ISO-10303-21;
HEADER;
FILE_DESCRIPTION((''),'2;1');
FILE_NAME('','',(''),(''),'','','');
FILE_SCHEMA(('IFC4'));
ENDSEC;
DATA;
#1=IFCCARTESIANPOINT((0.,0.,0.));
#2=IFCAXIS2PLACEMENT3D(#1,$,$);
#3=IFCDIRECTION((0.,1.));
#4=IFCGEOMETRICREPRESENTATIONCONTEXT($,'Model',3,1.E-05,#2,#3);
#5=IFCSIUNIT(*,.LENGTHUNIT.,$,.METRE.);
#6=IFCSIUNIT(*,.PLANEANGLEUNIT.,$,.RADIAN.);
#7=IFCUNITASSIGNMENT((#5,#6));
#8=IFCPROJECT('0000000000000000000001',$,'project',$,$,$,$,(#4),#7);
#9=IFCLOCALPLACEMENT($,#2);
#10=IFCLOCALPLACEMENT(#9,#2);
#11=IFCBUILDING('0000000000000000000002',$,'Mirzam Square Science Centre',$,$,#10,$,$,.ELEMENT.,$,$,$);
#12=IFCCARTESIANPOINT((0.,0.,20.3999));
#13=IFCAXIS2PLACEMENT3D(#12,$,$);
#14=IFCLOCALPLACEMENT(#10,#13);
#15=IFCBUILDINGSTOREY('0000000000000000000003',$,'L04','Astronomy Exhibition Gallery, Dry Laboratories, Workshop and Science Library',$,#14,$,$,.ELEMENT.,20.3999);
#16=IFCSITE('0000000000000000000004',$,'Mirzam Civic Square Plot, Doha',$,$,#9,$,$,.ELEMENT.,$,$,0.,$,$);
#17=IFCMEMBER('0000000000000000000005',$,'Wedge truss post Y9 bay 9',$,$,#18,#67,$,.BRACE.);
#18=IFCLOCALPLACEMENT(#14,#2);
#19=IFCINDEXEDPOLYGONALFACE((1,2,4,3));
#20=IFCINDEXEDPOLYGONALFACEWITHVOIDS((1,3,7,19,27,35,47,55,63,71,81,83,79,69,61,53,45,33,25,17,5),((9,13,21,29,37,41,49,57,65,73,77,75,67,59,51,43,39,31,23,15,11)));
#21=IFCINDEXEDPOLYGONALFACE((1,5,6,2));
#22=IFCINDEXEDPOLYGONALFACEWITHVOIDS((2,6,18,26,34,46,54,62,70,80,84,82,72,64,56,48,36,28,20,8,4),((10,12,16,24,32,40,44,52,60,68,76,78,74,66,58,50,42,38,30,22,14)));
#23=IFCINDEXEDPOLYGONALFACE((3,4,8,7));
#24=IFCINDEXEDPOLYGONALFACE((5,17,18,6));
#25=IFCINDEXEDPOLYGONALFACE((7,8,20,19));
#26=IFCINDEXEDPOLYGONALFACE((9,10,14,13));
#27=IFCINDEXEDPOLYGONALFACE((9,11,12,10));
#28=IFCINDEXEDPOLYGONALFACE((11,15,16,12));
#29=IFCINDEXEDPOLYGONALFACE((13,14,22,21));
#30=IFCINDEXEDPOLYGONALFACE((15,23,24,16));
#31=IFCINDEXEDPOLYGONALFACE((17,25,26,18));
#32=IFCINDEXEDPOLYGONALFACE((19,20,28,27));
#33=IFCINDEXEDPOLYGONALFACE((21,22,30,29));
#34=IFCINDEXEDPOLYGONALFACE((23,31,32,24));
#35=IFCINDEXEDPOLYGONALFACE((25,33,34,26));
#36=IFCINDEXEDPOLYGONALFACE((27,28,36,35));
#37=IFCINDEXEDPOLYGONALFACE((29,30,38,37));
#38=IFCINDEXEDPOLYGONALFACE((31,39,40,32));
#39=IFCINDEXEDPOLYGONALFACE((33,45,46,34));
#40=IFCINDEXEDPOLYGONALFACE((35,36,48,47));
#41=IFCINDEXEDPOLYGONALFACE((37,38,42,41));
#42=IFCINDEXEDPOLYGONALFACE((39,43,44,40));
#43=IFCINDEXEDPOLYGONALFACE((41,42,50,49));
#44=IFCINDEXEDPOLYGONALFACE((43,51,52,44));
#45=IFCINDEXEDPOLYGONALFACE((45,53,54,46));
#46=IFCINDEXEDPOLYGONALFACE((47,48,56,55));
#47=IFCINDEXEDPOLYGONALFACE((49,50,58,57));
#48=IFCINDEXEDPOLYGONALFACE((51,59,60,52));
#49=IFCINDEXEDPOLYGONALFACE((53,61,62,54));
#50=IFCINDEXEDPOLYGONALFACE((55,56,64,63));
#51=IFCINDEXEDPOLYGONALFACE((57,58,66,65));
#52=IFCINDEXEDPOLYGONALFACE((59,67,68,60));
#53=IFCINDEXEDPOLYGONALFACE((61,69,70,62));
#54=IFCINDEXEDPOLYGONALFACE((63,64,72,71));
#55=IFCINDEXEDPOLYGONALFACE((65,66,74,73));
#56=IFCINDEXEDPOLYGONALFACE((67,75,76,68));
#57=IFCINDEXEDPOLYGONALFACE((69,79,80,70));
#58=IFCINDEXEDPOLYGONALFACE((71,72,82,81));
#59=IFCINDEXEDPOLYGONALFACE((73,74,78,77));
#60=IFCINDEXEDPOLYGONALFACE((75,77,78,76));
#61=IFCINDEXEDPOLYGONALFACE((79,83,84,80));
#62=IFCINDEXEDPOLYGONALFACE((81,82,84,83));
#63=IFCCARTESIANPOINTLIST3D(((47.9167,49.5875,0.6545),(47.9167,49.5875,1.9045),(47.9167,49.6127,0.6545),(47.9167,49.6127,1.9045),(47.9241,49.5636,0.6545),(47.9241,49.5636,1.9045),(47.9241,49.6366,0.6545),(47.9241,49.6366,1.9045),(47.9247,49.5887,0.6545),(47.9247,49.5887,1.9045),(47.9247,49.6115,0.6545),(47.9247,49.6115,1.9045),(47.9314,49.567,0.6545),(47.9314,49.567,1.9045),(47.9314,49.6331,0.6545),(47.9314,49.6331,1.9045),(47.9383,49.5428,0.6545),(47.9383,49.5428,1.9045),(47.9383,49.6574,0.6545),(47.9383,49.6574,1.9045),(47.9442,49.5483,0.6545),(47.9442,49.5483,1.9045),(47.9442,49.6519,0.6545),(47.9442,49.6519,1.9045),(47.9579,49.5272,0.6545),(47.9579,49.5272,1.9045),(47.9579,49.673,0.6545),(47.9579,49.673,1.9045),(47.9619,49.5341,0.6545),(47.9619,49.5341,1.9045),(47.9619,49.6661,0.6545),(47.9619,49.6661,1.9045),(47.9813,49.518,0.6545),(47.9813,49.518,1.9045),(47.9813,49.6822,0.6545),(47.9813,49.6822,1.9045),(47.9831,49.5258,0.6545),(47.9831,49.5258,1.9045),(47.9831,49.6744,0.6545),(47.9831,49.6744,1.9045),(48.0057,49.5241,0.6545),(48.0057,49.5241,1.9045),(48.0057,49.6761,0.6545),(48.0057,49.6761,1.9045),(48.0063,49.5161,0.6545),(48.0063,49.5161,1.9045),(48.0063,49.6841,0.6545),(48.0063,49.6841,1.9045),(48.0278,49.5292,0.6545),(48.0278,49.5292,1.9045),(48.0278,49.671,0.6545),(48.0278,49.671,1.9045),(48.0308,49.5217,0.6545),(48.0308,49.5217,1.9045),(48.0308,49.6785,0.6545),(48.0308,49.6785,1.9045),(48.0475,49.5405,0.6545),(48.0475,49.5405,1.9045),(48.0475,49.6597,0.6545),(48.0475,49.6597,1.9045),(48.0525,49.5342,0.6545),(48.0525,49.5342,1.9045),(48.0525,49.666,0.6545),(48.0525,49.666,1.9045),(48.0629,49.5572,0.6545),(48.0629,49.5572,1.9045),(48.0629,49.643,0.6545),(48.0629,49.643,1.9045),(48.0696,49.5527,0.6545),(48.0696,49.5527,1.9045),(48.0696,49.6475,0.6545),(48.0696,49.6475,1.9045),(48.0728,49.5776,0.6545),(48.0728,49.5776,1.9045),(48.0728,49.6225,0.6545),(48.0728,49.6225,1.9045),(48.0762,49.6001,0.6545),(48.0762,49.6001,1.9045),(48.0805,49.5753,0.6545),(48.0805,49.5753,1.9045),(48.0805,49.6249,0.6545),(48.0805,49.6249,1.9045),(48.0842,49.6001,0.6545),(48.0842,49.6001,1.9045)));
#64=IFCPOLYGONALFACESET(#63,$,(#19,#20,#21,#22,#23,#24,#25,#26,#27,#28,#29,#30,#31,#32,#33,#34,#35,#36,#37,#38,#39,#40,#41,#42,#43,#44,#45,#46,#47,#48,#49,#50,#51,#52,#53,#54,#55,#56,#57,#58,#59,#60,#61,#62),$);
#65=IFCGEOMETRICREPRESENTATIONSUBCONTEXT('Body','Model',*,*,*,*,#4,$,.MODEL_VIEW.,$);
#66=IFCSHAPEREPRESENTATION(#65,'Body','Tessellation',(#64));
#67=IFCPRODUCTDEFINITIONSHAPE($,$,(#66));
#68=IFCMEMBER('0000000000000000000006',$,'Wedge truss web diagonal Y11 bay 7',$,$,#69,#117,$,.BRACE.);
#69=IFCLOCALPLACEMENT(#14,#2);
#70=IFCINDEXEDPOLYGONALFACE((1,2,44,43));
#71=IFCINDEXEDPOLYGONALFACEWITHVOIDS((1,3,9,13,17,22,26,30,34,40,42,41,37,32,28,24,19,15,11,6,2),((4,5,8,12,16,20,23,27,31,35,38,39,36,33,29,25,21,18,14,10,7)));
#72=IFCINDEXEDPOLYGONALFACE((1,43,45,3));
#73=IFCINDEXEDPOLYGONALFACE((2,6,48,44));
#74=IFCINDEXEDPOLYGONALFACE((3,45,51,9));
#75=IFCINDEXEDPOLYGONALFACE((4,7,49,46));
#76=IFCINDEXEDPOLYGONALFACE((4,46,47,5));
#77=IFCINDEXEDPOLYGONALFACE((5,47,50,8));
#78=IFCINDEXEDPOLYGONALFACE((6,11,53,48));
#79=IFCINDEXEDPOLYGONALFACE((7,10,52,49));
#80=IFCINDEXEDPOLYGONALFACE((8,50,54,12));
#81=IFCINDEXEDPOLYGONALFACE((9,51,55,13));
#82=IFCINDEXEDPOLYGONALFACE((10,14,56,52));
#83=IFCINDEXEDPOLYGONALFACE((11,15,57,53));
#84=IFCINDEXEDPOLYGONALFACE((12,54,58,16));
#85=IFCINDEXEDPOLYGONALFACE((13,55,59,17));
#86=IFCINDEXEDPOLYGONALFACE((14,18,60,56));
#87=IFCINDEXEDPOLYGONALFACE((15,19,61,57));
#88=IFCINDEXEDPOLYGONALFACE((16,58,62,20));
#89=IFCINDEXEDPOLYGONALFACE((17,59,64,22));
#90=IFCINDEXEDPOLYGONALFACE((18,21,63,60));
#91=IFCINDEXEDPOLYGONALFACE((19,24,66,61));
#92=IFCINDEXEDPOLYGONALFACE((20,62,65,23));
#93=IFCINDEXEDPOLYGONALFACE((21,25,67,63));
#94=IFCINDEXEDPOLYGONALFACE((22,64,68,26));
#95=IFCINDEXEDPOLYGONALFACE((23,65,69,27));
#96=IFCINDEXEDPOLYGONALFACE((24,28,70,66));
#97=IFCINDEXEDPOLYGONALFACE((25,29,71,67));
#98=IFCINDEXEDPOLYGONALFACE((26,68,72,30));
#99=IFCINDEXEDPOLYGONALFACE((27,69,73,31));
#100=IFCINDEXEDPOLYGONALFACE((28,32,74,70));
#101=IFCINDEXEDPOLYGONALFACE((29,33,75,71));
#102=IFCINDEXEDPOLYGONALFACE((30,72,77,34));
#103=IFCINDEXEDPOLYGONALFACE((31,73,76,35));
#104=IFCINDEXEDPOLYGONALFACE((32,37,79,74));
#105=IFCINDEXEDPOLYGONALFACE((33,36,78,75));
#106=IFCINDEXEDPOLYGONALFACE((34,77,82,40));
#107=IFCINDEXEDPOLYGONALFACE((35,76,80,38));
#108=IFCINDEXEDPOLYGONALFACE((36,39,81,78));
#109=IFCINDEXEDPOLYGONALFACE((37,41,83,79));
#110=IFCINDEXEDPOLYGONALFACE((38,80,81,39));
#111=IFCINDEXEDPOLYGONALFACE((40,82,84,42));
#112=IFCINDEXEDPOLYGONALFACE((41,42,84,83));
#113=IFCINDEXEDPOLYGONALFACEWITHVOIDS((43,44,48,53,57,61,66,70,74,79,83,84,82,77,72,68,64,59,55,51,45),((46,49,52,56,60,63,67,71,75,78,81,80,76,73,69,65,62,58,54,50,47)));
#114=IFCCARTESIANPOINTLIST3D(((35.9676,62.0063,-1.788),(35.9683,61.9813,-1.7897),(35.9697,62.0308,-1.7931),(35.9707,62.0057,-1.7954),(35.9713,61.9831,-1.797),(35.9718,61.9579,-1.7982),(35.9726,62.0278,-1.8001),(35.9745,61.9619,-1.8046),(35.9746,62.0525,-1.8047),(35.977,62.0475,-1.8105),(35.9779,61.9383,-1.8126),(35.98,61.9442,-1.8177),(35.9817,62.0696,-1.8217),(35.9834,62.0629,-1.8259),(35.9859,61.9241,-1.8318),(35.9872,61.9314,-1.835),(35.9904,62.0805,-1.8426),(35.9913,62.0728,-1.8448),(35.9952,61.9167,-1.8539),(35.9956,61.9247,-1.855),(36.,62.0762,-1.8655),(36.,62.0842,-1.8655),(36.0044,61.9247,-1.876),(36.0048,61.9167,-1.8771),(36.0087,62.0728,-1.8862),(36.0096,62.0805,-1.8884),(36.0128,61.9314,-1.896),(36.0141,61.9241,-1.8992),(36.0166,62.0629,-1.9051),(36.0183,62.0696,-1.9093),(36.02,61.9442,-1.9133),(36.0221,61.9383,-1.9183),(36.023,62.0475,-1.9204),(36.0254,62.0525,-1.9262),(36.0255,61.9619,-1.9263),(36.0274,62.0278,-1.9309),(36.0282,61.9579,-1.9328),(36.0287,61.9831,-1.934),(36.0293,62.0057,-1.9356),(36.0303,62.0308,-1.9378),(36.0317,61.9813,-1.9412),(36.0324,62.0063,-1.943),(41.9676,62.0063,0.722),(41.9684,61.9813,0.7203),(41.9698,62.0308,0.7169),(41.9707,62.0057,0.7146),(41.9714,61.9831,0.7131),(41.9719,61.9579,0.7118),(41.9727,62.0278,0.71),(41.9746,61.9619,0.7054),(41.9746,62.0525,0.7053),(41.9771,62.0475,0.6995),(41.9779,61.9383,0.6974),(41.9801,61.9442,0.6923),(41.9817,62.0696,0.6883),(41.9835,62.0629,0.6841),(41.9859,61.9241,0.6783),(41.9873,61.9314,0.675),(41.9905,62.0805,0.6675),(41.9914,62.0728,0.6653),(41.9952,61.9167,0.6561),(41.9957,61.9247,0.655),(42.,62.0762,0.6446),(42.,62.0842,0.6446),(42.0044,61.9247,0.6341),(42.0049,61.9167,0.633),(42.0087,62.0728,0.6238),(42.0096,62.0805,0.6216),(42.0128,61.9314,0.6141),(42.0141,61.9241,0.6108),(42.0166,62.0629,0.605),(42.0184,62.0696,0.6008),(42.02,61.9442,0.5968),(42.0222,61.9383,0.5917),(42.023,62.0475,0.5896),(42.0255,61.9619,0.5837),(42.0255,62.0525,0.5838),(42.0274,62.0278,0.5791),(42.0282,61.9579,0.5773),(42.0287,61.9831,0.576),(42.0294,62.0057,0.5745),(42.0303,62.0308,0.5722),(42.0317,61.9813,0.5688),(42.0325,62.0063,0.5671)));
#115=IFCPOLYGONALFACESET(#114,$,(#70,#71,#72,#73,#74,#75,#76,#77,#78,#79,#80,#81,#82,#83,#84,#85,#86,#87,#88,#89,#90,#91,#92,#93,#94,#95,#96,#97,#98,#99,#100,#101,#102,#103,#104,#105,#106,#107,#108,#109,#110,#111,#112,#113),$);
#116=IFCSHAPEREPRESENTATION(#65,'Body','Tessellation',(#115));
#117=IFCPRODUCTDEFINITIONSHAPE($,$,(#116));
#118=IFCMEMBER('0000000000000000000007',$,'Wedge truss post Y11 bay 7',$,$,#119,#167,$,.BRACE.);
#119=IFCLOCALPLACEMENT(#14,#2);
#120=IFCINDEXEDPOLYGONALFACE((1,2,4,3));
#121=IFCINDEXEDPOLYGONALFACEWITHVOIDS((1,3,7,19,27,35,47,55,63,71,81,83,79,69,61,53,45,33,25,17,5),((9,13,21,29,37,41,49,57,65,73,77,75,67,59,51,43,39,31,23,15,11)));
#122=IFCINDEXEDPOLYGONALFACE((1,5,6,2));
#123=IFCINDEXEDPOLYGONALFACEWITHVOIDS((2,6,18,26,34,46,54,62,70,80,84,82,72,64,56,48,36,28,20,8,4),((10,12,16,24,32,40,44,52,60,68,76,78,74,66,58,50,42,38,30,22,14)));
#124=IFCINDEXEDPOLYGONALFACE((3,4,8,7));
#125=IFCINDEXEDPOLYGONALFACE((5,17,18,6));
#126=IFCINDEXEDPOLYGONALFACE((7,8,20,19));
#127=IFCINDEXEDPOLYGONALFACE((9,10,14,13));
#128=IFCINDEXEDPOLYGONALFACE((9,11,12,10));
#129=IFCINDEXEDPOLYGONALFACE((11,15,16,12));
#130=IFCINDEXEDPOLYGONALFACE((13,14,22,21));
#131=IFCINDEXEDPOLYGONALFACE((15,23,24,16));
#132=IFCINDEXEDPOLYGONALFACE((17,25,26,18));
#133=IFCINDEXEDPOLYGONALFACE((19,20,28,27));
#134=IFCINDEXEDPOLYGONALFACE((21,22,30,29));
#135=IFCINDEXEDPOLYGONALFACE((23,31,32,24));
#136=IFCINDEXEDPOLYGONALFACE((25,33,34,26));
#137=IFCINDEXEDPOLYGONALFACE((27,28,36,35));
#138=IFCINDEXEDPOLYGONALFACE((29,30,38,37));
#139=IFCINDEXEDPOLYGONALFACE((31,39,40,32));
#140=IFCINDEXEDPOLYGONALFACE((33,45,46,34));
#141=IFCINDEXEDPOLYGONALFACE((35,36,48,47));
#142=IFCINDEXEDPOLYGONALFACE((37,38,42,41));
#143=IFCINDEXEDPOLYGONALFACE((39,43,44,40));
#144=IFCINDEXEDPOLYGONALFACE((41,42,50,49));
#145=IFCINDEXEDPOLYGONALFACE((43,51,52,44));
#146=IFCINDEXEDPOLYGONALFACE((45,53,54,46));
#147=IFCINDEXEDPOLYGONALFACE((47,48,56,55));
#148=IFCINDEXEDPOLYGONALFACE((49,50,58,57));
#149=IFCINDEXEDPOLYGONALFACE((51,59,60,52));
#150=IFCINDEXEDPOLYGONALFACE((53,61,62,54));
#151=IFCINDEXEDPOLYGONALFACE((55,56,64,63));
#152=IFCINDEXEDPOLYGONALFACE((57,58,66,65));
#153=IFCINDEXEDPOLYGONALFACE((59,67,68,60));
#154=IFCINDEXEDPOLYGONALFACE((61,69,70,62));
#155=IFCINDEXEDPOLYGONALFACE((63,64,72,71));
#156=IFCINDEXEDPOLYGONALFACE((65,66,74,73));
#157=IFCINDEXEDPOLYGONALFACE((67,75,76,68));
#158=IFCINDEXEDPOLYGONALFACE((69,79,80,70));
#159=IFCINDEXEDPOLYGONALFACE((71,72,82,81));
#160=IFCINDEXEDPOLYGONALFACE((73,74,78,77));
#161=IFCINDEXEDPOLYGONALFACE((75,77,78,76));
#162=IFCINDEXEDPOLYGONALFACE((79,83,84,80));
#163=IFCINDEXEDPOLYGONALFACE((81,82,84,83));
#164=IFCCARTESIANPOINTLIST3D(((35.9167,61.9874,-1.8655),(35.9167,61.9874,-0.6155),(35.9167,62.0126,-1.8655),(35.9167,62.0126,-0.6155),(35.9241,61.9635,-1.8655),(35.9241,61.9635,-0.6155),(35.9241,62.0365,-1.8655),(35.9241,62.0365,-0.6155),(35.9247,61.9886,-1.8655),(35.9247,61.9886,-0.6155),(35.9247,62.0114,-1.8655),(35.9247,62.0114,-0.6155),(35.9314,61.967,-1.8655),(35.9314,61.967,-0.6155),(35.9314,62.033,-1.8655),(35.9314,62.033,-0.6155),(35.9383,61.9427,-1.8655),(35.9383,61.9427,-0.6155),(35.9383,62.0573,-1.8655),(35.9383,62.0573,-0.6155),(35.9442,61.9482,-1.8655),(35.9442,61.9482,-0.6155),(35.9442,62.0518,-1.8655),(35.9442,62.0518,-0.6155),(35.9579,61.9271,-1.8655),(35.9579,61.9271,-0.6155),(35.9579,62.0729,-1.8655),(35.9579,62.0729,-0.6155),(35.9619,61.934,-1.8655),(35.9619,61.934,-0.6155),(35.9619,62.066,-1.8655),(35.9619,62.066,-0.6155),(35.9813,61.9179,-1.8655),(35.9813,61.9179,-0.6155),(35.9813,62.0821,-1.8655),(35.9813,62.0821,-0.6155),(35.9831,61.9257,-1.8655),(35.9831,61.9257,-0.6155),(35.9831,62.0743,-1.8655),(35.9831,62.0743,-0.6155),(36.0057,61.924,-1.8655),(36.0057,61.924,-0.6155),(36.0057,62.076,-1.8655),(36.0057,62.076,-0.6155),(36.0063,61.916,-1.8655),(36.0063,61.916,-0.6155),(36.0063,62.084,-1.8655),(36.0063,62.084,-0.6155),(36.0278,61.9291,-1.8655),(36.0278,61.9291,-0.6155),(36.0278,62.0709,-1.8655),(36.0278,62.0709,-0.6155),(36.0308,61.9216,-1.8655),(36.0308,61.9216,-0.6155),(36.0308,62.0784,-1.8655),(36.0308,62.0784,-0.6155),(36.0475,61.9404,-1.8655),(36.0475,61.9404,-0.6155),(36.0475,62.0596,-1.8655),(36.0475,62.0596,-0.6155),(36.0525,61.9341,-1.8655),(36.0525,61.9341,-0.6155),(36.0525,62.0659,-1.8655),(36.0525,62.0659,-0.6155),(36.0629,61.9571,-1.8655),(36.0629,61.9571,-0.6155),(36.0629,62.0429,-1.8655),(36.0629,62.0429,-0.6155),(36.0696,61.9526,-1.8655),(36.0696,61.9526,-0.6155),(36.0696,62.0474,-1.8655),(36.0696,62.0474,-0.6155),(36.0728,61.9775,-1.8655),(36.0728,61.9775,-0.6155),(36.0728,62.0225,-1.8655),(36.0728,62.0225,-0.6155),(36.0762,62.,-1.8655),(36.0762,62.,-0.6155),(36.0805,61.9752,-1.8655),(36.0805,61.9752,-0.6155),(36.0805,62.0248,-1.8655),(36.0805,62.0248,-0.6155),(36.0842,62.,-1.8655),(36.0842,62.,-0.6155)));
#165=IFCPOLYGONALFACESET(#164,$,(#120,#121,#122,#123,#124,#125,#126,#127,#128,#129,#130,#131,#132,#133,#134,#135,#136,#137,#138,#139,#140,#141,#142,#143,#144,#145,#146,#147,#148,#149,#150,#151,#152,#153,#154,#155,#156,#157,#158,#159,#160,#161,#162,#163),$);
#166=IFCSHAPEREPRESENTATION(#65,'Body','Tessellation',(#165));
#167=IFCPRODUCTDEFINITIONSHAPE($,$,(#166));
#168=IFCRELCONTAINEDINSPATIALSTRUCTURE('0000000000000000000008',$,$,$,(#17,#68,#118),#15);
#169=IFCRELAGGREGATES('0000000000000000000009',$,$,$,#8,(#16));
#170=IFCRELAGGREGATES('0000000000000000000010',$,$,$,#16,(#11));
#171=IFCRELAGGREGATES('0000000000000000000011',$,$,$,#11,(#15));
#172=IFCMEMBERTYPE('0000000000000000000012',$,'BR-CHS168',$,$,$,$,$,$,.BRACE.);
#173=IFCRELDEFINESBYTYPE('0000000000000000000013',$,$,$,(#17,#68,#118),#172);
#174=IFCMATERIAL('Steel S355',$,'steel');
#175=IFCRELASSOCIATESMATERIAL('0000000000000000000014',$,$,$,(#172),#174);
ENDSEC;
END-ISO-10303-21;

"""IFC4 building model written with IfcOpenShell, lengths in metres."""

from ifc_helpers import new_model, si_unit, direction, frame, origin, origin_2d, place, context, subcontext, project, spatial, hollow_circle, extrude, material, material_profile, profile_set, type_object, element, save


model = new_model("IFC4")

# Units and contexts
model_context = context("Model", 3, precision=1e-05, world=origin(), true_north=direction((0.0, 1.0)))
body_context = subcontext(model_context, "Body", "Model", "MODEL_VIEW")
ifc_project = project(units=[si_unit("LENGTHUNIT", "METRE"), si_unit("PLANEANGLEUNIT", "RADIAN")], contexts=[model_context])

# Site, building, storey
site_placement = place(None, origin())
site = spatial("IfcSite", under=ifc_project, at=site_placement, Name="Mirzam Civic Square Plot, Doha", CompositionType="ELEMENT", RefElevation=0.0)
building_placement = place(site_placement, origin())
building = spatial("IfcBuilding", under=site, at=building_placement, Name="Mirzam Square Science Centre", CompositionType="ELEMENT")
storey_placement = place(building_placement, frame((0.0, 0.0, 20.3999)))
storey = spatial("IfcBuildingStorey", under=building, at=storey_placement, Name="L04", Description="Astronomy Exhibition Gallery, Dry Laboratories, Workshop and Science Library", CompositionType="ELEMENT", Elevation=20.3999)

# Members
ifc_material = material(Name="Steel S355", Category="steel")
ifc_material_profile_1 = material_profile(ifc_material, hollow_circle(Radius=0.0842, WallThickness=0.0081, at=origin_2d()), Name="168.3x8.0CHS")
ifc_profile_set_1 = profile_set([ifc_material_profile_1], Name="Steel S355")
member_type_1 = type_object("IfcMemberType", Name="BR-CHS168", PredefinedType="BRACE", material=ifc_profile_set_1)
member_1_placement = place(storey_placement, frame((48.0, 49.6001, 0.6545), z_axis=(0.0, 0.0, 1.0), x_axis=(1.0, 0.0, 0.0)))
element("IfcMember", 1, at=member_1_placement, inside=storey, type_object=member_type_1, Name="Wedge truss post Y9 bay 9", PredefinedType="BRACE", context=body_context, shape_type="SweptSolid", body=[
    extrude(hollow_circle(Radius=0.0842, WallThickness=0.0081, at=origin_2d()), origin(), (0.0, 0.0, 1.0), 1.25),
])
member_2_placement = place(storey_placement, frame((36.0, 62.0, -1.8655), z_axis=(0.92253, 0.0, 0.385926), x_axis=(0.0, 1.0, 0.0)))
element("IfcMember", 2, at=member_2_placement, inside=storey, type_object=member_type_1, Name="Wedge truss web diagonal Y11 bay 7", PredefinedType="BRACE", context=body_context, shape_type="SweptSolid", body=[
    extrude(hollow_circle(Radius=0.0842, WallThickness=0.0081, at=origin_2d()), origin(), (0.0, 0.0, 1.0), 6.5039),
])
member_3_placement = place(storey_placement, frame((36.0, 62.0, -1.8655), z_axis=(0.0, 0.0, 1.0), x_axis=(1.0, 0.0, 0.0)))
element("IfcMember", 3, at=member_3_placement, inside=storey, type_object=member_type_1, Name="Wedge truss post Y11 bay 7", PredefinedType="BRACE", context=body_context, shape_type="SweptSolid", body=[
    extrude(hollow_circle(Radius=0.0842, WallThickness=0.0081, at=origin_2d()), origin(), (0.0, 0.0, 1.0), 1.25),
])

save(model, "model.ifc")
